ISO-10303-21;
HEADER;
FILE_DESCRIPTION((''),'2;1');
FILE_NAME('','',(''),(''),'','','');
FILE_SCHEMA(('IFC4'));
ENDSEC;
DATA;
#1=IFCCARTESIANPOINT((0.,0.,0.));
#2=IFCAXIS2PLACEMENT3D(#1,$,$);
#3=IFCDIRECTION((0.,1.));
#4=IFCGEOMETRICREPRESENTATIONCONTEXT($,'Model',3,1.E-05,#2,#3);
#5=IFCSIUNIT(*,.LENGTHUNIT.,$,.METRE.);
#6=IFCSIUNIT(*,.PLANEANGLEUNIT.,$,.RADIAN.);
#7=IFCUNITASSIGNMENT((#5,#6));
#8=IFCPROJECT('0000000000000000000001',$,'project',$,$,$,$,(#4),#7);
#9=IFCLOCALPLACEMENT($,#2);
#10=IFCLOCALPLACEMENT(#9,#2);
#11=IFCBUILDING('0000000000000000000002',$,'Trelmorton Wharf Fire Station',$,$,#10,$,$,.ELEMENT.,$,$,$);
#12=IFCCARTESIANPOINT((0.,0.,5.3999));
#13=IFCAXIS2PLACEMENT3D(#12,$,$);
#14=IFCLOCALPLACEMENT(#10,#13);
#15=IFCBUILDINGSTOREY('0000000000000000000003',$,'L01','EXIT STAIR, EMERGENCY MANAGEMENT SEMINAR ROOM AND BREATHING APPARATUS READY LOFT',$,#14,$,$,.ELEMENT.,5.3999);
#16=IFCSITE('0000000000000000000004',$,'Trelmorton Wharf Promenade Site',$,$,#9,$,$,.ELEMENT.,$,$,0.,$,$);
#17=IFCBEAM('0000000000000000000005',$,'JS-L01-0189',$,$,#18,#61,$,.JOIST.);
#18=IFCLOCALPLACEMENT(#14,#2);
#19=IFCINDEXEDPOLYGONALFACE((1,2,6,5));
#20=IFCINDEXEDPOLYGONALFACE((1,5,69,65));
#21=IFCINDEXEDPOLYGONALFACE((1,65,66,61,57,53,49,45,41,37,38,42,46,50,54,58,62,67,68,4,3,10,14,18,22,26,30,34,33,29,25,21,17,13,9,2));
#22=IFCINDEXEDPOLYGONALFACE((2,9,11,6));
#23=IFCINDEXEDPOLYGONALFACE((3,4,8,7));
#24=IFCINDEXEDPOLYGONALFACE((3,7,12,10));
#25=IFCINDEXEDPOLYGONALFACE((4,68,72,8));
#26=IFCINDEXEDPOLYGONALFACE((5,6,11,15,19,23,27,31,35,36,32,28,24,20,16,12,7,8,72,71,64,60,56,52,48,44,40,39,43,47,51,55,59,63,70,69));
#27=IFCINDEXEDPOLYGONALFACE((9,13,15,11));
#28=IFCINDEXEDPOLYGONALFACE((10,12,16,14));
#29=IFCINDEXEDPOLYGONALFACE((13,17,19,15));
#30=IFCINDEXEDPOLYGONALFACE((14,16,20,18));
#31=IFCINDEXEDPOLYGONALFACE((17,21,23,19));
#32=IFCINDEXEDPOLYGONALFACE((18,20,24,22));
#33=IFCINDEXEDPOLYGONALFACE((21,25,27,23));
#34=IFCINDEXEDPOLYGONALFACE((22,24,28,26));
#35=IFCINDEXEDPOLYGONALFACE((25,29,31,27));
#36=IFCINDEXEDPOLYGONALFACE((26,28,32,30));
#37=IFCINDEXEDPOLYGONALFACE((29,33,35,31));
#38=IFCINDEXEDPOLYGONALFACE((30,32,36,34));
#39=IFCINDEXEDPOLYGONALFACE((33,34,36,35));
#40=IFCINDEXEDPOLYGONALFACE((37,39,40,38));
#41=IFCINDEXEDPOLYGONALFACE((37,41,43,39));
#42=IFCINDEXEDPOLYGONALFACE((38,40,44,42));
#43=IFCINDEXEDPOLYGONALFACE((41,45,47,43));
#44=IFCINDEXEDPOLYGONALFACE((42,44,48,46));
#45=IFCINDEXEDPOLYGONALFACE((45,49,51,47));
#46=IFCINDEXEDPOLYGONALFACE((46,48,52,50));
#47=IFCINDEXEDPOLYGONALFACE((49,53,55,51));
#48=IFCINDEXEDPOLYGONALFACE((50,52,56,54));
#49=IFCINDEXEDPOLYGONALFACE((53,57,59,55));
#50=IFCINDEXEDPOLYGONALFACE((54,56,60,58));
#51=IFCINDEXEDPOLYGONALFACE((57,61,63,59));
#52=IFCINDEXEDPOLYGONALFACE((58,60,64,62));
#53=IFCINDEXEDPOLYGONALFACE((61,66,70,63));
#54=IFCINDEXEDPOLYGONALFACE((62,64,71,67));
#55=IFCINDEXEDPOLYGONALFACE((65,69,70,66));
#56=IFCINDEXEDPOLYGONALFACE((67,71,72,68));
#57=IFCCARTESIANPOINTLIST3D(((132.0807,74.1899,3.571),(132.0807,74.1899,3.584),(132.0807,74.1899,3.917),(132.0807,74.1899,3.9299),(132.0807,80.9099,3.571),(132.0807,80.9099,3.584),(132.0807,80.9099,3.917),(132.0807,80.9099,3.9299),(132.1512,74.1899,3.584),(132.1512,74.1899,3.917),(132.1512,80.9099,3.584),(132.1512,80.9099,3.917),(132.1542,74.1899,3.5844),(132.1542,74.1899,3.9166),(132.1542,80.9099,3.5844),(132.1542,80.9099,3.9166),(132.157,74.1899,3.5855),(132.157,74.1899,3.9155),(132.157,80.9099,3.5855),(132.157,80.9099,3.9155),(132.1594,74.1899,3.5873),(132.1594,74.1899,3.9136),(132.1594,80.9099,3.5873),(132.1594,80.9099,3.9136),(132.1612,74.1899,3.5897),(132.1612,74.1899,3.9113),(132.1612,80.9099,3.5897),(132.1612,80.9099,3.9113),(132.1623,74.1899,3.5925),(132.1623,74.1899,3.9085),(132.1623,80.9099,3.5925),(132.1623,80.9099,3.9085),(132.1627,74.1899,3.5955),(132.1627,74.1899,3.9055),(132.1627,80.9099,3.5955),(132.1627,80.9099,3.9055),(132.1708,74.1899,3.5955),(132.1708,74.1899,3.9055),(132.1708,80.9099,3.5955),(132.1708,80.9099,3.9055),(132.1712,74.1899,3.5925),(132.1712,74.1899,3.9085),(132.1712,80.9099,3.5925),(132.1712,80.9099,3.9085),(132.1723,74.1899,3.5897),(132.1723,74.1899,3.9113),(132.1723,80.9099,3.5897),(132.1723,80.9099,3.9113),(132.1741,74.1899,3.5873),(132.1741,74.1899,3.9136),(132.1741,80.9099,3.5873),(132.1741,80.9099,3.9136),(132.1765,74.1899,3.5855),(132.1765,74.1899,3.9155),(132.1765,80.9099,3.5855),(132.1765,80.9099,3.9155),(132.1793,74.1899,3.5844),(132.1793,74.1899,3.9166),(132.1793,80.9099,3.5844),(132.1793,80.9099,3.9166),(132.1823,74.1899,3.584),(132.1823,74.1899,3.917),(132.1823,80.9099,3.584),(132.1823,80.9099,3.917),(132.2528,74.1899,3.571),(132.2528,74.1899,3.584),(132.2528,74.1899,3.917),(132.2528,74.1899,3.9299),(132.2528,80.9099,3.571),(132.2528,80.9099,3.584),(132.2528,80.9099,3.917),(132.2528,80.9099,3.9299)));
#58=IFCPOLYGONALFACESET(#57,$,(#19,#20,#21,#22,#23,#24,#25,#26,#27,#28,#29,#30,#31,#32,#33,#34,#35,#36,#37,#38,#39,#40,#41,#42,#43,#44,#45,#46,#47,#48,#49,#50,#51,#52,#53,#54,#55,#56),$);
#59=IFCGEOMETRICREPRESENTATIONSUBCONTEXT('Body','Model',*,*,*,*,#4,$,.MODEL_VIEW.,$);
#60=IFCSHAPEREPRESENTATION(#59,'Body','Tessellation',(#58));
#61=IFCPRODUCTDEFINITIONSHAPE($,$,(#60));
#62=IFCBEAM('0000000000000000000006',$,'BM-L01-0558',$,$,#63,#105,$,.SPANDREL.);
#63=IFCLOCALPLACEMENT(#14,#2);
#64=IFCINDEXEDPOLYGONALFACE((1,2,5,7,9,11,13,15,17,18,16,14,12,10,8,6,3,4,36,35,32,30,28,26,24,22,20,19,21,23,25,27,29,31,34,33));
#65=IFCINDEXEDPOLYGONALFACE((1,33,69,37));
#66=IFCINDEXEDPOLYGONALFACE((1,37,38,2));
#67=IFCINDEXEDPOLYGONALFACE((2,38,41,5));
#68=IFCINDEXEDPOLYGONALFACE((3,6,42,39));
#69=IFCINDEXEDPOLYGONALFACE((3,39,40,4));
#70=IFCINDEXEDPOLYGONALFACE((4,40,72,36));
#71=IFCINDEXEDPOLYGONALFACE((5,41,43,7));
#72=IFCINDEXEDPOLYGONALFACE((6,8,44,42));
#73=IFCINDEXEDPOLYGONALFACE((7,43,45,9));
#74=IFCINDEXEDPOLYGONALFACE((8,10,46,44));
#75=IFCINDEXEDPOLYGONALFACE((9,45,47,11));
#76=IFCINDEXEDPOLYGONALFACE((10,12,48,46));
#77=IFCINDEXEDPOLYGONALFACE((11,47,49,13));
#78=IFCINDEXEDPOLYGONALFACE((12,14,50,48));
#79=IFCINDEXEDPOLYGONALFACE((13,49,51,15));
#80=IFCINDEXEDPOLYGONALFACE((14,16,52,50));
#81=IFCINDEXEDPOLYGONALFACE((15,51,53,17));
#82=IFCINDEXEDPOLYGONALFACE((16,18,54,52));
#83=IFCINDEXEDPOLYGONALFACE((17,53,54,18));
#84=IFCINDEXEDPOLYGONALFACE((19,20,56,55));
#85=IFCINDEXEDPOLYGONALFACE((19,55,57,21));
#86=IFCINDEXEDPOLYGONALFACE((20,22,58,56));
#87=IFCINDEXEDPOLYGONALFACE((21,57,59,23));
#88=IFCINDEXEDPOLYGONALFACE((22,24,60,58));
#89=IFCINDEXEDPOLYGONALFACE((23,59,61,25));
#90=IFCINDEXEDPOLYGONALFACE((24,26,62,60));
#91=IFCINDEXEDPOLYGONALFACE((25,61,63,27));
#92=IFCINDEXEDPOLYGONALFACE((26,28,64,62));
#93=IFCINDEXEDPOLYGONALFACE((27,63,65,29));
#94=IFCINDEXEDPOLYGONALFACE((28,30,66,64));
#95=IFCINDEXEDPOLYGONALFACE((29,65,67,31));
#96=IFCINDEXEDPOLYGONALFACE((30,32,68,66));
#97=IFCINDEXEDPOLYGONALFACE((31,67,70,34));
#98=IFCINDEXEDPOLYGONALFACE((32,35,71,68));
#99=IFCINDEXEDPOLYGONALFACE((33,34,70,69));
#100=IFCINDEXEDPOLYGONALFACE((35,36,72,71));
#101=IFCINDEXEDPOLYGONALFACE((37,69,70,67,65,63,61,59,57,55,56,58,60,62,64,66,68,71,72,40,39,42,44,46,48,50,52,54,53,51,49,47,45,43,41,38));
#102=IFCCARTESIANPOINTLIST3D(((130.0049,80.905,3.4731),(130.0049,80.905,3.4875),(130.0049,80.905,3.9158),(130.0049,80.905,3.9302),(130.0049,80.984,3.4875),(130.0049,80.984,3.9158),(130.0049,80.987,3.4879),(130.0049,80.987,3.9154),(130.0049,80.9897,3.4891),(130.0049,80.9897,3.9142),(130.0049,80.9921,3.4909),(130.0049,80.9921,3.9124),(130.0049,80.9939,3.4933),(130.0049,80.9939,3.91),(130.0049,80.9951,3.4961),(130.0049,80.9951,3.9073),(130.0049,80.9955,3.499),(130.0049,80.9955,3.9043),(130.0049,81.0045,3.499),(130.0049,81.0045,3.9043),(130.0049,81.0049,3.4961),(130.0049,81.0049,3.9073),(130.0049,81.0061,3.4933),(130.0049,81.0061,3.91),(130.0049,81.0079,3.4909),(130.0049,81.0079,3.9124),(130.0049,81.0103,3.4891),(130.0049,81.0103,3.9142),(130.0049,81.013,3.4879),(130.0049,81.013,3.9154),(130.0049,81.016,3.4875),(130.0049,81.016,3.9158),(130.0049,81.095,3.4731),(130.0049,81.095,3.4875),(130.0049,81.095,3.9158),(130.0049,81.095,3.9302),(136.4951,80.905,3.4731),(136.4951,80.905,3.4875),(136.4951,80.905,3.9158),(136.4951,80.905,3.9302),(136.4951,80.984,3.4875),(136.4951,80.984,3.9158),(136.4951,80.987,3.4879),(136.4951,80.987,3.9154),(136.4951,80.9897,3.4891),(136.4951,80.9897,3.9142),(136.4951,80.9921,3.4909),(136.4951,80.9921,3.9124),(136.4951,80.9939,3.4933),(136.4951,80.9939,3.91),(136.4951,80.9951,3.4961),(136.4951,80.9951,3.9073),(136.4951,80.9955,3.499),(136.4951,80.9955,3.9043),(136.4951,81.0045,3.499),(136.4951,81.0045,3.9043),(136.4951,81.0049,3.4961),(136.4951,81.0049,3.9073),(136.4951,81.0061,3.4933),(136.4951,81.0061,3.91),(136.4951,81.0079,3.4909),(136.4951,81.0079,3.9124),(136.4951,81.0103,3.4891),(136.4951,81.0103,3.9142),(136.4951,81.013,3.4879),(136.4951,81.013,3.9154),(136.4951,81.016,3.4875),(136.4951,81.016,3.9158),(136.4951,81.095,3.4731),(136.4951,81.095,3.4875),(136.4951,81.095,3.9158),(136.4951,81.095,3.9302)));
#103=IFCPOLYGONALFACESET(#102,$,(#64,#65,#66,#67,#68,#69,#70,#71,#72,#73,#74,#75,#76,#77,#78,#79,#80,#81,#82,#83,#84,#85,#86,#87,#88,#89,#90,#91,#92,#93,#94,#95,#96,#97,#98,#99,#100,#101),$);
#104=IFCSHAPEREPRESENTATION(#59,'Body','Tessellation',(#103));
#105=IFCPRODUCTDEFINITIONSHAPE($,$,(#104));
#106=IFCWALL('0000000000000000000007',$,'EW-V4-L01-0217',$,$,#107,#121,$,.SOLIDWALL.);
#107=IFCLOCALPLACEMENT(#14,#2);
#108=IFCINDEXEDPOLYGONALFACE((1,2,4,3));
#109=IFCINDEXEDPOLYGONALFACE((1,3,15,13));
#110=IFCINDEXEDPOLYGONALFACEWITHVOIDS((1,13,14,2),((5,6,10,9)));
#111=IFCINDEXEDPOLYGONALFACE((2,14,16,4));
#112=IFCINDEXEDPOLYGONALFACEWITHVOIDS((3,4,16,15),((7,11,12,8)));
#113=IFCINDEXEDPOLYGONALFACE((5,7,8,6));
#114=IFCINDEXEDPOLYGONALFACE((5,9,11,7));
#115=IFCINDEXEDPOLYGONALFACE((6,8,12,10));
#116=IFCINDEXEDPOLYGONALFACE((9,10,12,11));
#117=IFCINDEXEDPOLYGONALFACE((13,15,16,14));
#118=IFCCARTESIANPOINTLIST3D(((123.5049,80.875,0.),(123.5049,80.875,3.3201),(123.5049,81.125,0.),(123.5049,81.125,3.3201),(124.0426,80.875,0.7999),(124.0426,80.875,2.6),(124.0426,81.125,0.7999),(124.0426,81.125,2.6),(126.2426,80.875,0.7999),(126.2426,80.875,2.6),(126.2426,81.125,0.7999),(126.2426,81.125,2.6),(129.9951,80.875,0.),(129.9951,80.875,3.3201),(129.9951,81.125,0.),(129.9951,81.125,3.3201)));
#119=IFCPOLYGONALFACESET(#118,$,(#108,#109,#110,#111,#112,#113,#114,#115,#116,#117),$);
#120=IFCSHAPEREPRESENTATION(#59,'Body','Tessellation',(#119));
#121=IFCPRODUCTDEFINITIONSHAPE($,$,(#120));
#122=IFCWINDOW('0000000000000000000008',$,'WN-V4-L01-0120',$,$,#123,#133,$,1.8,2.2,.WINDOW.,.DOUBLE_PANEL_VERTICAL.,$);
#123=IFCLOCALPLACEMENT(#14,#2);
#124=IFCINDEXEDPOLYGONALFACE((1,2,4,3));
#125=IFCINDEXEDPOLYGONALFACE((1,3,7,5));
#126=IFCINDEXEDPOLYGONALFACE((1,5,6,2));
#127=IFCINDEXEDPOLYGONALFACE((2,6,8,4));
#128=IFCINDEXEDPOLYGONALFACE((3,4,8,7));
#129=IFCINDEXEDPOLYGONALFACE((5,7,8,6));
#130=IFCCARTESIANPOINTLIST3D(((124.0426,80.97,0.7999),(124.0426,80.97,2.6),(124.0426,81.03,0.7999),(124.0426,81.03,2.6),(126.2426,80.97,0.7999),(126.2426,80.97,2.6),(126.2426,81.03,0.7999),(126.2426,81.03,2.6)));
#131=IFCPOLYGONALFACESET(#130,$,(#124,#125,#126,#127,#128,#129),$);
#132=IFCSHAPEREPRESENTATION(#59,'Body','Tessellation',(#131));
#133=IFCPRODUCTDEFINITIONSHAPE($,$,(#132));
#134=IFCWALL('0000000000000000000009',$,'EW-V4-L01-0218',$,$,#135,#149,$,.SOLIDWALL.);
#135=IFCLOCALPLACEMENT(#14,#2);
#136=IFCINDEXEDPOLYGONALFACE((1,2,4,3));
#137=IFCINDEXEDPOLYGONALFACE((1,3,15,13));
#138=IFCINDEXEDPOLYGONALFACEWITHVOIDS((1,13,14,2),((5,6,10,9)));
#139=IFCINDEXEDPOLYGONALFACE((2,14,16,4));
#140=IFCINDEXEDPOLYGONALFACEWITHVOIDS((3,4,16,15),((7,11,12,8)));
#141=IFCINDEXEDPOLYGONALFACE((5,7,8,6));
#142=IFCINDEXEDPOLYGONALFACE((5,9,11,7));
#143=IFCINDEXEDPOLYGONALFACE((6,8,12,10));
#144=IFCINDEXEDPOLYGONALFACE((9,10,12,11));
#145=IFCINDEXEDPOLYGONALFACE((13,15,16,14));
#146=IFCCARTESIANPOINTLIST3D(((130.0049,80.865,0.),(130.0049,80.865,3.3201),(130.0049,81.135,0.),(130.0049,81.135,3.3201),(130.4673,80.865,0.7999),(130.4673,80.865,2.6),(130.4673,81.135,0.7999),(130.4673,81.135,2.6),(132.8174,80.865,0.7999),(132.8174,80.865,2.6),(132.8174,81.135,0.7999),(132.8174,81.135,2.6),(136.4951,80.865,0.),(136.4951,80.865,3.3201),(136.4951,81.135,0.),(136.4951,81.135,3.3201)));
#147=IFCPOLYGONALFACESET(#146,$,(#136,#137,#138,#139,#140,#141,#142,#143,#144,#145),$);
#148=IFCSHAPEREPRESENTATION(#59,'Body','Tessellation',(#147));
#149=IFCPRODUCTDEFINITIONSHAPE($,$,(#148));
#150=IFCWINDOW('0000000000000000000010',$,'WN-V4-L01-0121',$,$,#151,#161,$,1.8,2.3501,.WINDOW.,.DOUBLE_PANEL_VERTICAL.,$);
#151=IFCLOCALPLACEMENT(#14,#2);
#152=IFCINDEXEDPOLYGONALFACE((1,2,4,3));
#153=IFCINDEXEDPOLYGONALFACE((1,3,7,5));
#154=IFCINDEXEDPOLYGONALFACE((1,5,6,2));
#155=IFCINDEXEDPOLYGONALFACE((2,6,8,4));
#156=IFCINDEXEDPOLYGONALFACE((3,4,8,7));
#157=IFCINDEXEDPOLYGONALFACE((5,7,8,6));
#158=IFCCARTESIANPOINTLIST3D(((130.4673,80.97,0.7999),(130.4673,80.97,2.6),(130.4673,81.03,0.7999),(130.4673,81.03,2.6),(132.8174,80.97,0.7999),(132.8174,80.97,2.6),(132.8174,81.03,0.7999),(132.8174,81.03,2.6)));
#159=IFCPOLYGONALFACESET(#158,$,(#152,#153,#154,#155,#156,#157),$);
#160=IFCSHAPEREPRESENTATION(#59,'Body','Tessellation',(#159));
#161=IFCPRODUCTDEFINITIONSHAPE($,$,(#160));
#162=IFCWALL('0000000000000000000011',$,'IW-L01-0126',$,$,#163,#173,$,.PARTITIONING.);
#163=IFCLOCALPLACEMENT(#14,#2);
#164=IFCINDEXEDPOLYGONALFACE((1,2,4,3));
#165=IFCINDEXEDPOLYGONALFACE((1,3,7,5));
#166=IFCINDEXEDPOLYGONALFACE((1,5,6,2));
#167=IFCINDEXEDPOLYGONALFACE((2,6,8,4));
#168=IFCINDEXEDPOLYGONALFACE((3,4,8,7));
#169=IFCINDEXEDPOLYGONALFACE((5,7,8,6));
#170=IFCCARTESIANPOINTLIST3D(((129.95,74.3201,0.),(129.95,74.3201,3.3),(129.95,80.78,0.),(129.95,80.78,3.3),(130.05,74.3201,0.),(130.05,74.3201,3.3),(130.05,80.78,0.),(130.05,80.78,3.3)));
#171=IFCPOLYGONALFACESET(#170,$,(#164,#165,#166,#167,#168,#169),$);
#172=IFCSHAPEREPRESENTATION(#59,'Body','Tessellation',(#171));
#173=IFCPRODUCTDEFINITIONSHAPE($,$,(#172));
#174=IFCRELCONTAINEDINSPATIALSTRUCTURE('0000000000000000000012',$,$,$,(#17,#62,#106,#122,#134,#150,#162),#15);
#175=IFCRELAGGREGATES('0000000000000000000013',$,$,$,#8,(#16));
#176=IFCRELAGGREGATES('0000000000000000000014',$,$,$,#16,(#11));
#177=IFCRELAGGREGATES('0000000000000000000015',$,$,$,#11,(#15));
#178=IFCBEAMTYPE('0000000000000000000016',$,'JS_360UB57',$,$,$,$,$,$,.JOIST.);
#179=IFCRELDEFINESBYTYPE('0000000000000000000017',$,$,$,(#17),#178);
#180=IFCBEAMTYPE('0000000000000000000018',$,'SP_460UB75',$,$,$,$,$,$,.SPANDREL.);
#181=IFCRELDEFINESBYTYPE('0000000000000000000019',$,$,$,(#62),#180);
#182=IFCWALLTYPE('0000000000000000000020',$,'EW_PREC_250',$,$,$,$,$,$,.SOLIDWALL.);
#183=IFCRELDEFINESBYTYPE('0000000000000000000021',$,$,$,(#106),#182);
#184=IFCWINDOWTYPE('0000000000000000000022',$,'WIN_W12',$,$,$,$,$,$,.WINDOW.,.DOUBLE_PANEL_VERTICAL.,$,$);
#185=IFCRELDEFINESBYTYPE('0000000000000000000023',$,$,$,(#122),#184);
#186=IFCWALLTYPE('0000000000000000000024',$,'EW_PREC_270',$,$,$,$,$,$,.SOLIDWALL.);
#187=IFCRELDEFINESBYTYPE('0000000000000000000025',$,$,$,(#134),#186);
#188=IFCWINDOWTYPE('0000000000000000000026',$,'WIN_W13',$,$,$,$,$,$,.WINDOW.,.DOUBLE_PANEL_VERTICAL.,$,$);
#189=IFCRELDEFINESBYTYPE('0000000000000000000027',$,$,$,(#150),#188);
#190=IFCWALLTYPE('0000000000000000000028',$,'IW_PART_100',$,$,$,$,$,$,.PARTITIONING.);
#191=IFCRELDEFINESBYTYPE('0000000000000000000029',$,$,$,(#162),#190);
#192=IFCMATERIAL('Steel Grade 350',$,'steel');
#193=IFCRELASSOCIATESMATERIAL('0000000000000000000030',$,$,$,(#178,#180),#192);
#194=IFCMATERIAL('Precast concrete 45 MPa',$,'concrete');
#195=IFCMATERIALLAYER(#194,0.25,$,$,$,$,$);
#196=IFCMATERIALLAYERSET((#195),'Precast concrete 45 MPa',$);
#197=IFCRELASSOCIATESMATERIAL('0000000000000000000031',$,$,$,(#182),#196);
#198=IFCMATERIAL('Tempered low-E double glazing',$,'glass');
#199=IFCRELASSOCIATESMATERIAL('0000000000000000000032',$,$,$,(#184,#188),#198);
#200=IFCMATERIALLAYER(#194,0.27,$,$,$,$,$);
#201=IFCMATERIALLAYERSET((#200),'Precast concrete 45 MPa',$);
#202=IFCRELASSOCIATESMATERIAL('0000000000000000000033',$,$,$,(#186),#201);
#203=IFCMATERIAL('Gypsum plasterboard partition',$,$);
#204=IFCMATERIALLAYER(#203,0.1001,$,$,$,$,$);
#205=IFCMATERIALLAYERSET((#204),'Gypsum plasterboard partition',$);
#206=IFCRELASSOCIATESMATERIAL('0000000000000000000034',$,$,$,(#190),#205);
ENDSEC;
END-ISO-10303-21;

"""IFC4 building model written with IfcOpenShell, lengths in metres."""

from ifc_helpers import new_model, si_unit, direction, frame, frame_2d, origin, origin_2d, place, context, subcontext, project, spatial, rectangle, i_section, extrude, material, layer, layer_set, material_profile, profile_set, type_object, element, fill, save


model = new_model("IFC4")

# Units and contexts
model_context = context("Model", 3, precision=1e-05, world=origin(), true_north=direction((0.0, 1.0)))
body_context = subcontext(model_context, "Body", "Model", "MODEL_VIEW")
ifc_project = project(units=[si_unit("LENGTHUNIT", "METRE"), si_unit("PLANEANGLEUNIT", "RADIAN")], contexts=[model_context])

# Site, building, storey
site_placement = place(None, origin())
site = spatial("IfcSite", under=ifc_project, at=site_placement, Name="Trelmorton Wharf Promenade Site", CompositionType="ELEMENT", RefElevation=0.0)
building_placement = place(site_placement, origin())
building = spatial("IfcBuilding", under=site, at=building_placement, Name="Trelmorton Wharf Fire Station", CompositionType="ELEMENT")
storey_placement = place(building_placement, frame((0.0, 0.0, 5.3999)))
storey = spatial("IfcBuildingStorey", under=building, at=storey_placement, Name="L01", Description="EXIT STAIR, EMERGENCY MANAGEMENT SEMINAR ROOM AND BREATHING APPARATUS READY LOFT", CompositionType="ELEMENT", Elevation=5.3999)

# Shared definitions
ifc_material_1 = material(Name="Steel Grade 350", Category="steel")

# Beams
ifc_material_profile_1 = material_profile(ifc_material_1, i_section(OverallWidth=0.1721, OverallDepth=0.3589, WebThickness=0.0081, FlangeThickness=0.0129, FilletRadius=0.0115, at=origin_2d()), Name="360UB56.7")
ifc_profile_set_1 = profile_set([ifc_material_profile_1], Name="Steel Grade 350")
beam_type_1 = type_object("IfcBeamType", Name="JS_360UB57", PredefinedType="JOIST", material=ifc_profile_set_1)
for number, where, z_axis, x_axis, name in (
    (1, (132.1667, 74.1899, 3.7505), (0.0, 1.0, 0.0), (-1.0, 0.0, 0.0), "JS-L01-0189"),
):
    element("IfcBeam", number, at=place(storey_placement, frame(where, z_axis=z_axis, x_axis=x_axis)), inside=storey, type_object=beam_type_1, Name=name, PredefinedType="JOIST", context=body_context, shape_type="SweptSolid", body=[
        extrude(i_section(OverallWidth=0.1721, OverallDepth=0.3589, WebThickness=0.0081, FlangeThickness=0.0129, FilletRadius=0.0115, at=origin_2d()), origin(), (0.0, 0.0, 1.0), 6.72),
    ])
ifc_material_profile_2 = material_profile(ifc_material_1, i_section(OverallWidth=0.1899, OverallDepth=0.457, WebThickness=0.009, FlangeThickness=0.0144, FilletRadius=0.0115, at=origin_2d()), Name="460UB74.6")
ifc_profile_set_2 = profile_set([ifc_material_profile_2], Name="Steel Grade 350")
beam_type_2 = type_object("IfcBeamType", Name="SP_460UB75", PredefinedType="SPANDREL", material=ifc_profile_set_2)
beam_1_placement = place(storey_placement, frame((130.0049, 81.0, 3.7017), z_axis=(1.0, 0.0, 0.0), x_axis=(0.0, 1.0, 0.0)))
element("IfcBeam", 2, at=beam_1_placement, inside=storey, type_object=beam_type_2, Name="BM-L01-0558", PredefinedType="SPANDREL", context=body_context, shape_type="SweptSolid", body=[
    extrude(i_section(OverallWidth=0.1899, OverallDepth=0.457, WebThickness=0.009, FlangeThickness=0.0144, FilletRadius=0.0115, at=origin_2d()), origin(), (0.0, 0.0, 1.0), 6.4902),
])

# Walls, openings, windows
ifc_material_2 = material(Name="Precast concrete 45 MPa", Category="concrete")
ifc_layer_1 = layer(ifc_material_2, 0.25)
ifc_layer_set_1 = layer_set([ifc_layer_1], Name="Precast concrete 45 MPa")
wall_type_1 = type_object("IfcWallType", Name="EW_PREC_250", PredefinedType="SOLIDWALL", material=ifc_layer_set_1)
wall_1_placement = place(storey_placement, frame((123.5049, 81.0, 0.0), z_axis=(0.0, 0.0, 1.0), x_axis=(1.0, 0.0, 0.0)))
wall_1 = element("IfcWall", 3, at=wall_1_placement, inside=storey, type_object=wall_type_1, Name="EW-V4-L01-0217", PredefinedType="SOLIDWALL", context=body_context, shape_type="SweptSolid", body=[
    extrude(rectangle(XDim=6.4902, YDim=0.25, at=frame_2d((3.2451, 0.0))), origin(), (0.0, 0.0, 1.0), 3.3201),
])
opening_1_placement = place(wall_1_placement, frame((0.5376, 0.0, 0.8)))
opening_1 = element("IfcOpeningElement", 4, at=opening_1_placement, cuts=wall_1, PredefinedType="OPENING", context=body_context, shape_type="SweptSolid", body=[
    extrude(rectangle(XDim=2.2, YDim=1.8, at=frame_2d((1.1001, 0.8999))), frame((0.0, 0.135, 0.0), z_axis=(0.0, -1.0, 0.0), x_axis=(1.0, 0.0, 0.0)), (0.0, 0.0, 1.0), 0.27),
])
ifc_material_3 = material(Name="Tempered low-E double glazing", Category="glass")
window_type_1 = type_object("IfcWindowType", Name="WIN_W12", PartitioningType="DOUBLE_PANEL_VERTICAL", PredefinedType="WINDOW", material=ifc_material_3)
window_1_placement = place(opening_1_placement, origin())
window_1 = element("IfcWindow", 5, at=window_1_placement, inside=storey, type_object=window_type_1, Name="WN-V4-L01-0120", OverallHeight=1.8, OverallWidth=2.2, PartitioningType="DOUBLE_PANEL_VERTICAL", PredefinedType="WINDOW", context=body_context, shape_type="SweptSolid", body=[
    extrude(rectangle(XDim=2.2, YDim=1.8, at=frame_2d((1.1001, 0.8999))), frame((0.0, 0.03, 0.0), z_axis=(0.0, -1.0, 0.0), x_axis=(1.0, 0.0, 0.0)), (0.0, 0.0, 1.0), 0.0601),
])
fill(opening_1, window_1)
ifc_layer_2 = layer(ifc_material_2, 0.27)
ifc_layer_set_2 = layer_set([ifc_layer_2], Name="Precast concrete 45 MPa")
wall_type_2 = type_object("IfcWallType", Name="EW_PREC_270", PredefinedType="SOLIDWALL", material=ifc_layer_set_2)
wall_2_placement = place(storey_placement, frame((130.0049, 81.0, 0.0), z_axis=(0.0, 0.0, 1.0), x_axis=(1.0, 0.0, 0.0)))
wall_2 = element("IfcWall", 6, at=wall_2_placement, inside=storey, type_object=wall_type_2, Name="EW-V4-L01-0218", PredefinedType="SOLIDWALL", context=body_context, shape_type="SweptSolid", body=[
    extrude(rectangle(XDim=6.4902, YDim=0.27, at=frame_2d((3.2451, 0.0))), origin(), (0.0, 0.0, 1.0), 3.3201),
])
opening_2_placement = place(wall_2_placement, frame((0.4624, 0.0, 0.8)))
opening_2 = element("IfcOpeningElement", 7, at=opening_2_placement, cuts=wall_2, PredefinedType="OPENING", context=body_context, shape_type="SweptSolid", body=[
    extrude(rectangle(XDim=2.3501, YDim=1.8, at=frame_2d((1.175, 0.8999))), frame((0.0, 0.145, 0.0), z_axis=(0.0, -1.0, 0.0), x_axis=(1.0, 0.0, 0.0)), (0.0, 0.0, 1.0), 0.29),
])
window_type_2 = type_object("IfcWindowType", Name="WIN_W13", PartitioningType="DOUBLE_PANEL_VERTICAL", PredefinedType="WINDOW", material=ifc_material_3)
window_2_placement = place(opening_2_placement, origin())
window_2 = element("IfcWindow", 8, at=window_2_placement, inside=storey, type_object=window_type_2, Name="WN-V4-L01-0121", OverallHeight=1.8, OverallWidth=2.3501, PartitioningType="DOUBLE_PANEL_VERTICAL", PredefinedType="WINDOW", context=body_context, shape_type="SweptSolid", body=[
    extrude(rectangle(XDim=2.3501, YDim=1.8, at=frame_2d((1.175, 0.8999))), frame((0.0, 0.03, 0.0), z_axis=(0.0, -1.0, 0.0), x_axis=(1.0, 0.0, 0.0)), (0.0, 0.0, 1.0), 0.0601),
])
fill(opening_2, window_2)

# Wall
ifc_material_4 = material(Name="Gypsum plasterboard partition")
ifc_layer_3 = layer(ifc_material_4, 0.1001)
ifc_layer_set_3 = layer_set([ifc_layer_3], Name="Gypsum plasterboard partition")
wall_type_3 = type_object("IfcWallType", Name="IW_PART_100", PredefinedType="PARTITIONING", material=ifc_layer_set_3)
wall_3_placement = place(storey_placement, frame((130.0, 74.3201, 0.0), z_axis=(0.0, 0.0, 1.0), x_axis=(0.0, 1.0, 0.0)))
element("IfcWall", 9, at=wall_3_placement, inside=storey, type_object=wall_type_3, Name="IW-L01-0126", PredefinedType="PARTITIONING", context=body_context, shape_type="SweptSolid", body=[
    extrude(rectangle(XDim=6.46, YDim=0.1001, at=frame_2d((3.23, 0.0))), origin(), (0.0, 0.0, 1.0), 3.3),
])

save(model, "model.ifc")
